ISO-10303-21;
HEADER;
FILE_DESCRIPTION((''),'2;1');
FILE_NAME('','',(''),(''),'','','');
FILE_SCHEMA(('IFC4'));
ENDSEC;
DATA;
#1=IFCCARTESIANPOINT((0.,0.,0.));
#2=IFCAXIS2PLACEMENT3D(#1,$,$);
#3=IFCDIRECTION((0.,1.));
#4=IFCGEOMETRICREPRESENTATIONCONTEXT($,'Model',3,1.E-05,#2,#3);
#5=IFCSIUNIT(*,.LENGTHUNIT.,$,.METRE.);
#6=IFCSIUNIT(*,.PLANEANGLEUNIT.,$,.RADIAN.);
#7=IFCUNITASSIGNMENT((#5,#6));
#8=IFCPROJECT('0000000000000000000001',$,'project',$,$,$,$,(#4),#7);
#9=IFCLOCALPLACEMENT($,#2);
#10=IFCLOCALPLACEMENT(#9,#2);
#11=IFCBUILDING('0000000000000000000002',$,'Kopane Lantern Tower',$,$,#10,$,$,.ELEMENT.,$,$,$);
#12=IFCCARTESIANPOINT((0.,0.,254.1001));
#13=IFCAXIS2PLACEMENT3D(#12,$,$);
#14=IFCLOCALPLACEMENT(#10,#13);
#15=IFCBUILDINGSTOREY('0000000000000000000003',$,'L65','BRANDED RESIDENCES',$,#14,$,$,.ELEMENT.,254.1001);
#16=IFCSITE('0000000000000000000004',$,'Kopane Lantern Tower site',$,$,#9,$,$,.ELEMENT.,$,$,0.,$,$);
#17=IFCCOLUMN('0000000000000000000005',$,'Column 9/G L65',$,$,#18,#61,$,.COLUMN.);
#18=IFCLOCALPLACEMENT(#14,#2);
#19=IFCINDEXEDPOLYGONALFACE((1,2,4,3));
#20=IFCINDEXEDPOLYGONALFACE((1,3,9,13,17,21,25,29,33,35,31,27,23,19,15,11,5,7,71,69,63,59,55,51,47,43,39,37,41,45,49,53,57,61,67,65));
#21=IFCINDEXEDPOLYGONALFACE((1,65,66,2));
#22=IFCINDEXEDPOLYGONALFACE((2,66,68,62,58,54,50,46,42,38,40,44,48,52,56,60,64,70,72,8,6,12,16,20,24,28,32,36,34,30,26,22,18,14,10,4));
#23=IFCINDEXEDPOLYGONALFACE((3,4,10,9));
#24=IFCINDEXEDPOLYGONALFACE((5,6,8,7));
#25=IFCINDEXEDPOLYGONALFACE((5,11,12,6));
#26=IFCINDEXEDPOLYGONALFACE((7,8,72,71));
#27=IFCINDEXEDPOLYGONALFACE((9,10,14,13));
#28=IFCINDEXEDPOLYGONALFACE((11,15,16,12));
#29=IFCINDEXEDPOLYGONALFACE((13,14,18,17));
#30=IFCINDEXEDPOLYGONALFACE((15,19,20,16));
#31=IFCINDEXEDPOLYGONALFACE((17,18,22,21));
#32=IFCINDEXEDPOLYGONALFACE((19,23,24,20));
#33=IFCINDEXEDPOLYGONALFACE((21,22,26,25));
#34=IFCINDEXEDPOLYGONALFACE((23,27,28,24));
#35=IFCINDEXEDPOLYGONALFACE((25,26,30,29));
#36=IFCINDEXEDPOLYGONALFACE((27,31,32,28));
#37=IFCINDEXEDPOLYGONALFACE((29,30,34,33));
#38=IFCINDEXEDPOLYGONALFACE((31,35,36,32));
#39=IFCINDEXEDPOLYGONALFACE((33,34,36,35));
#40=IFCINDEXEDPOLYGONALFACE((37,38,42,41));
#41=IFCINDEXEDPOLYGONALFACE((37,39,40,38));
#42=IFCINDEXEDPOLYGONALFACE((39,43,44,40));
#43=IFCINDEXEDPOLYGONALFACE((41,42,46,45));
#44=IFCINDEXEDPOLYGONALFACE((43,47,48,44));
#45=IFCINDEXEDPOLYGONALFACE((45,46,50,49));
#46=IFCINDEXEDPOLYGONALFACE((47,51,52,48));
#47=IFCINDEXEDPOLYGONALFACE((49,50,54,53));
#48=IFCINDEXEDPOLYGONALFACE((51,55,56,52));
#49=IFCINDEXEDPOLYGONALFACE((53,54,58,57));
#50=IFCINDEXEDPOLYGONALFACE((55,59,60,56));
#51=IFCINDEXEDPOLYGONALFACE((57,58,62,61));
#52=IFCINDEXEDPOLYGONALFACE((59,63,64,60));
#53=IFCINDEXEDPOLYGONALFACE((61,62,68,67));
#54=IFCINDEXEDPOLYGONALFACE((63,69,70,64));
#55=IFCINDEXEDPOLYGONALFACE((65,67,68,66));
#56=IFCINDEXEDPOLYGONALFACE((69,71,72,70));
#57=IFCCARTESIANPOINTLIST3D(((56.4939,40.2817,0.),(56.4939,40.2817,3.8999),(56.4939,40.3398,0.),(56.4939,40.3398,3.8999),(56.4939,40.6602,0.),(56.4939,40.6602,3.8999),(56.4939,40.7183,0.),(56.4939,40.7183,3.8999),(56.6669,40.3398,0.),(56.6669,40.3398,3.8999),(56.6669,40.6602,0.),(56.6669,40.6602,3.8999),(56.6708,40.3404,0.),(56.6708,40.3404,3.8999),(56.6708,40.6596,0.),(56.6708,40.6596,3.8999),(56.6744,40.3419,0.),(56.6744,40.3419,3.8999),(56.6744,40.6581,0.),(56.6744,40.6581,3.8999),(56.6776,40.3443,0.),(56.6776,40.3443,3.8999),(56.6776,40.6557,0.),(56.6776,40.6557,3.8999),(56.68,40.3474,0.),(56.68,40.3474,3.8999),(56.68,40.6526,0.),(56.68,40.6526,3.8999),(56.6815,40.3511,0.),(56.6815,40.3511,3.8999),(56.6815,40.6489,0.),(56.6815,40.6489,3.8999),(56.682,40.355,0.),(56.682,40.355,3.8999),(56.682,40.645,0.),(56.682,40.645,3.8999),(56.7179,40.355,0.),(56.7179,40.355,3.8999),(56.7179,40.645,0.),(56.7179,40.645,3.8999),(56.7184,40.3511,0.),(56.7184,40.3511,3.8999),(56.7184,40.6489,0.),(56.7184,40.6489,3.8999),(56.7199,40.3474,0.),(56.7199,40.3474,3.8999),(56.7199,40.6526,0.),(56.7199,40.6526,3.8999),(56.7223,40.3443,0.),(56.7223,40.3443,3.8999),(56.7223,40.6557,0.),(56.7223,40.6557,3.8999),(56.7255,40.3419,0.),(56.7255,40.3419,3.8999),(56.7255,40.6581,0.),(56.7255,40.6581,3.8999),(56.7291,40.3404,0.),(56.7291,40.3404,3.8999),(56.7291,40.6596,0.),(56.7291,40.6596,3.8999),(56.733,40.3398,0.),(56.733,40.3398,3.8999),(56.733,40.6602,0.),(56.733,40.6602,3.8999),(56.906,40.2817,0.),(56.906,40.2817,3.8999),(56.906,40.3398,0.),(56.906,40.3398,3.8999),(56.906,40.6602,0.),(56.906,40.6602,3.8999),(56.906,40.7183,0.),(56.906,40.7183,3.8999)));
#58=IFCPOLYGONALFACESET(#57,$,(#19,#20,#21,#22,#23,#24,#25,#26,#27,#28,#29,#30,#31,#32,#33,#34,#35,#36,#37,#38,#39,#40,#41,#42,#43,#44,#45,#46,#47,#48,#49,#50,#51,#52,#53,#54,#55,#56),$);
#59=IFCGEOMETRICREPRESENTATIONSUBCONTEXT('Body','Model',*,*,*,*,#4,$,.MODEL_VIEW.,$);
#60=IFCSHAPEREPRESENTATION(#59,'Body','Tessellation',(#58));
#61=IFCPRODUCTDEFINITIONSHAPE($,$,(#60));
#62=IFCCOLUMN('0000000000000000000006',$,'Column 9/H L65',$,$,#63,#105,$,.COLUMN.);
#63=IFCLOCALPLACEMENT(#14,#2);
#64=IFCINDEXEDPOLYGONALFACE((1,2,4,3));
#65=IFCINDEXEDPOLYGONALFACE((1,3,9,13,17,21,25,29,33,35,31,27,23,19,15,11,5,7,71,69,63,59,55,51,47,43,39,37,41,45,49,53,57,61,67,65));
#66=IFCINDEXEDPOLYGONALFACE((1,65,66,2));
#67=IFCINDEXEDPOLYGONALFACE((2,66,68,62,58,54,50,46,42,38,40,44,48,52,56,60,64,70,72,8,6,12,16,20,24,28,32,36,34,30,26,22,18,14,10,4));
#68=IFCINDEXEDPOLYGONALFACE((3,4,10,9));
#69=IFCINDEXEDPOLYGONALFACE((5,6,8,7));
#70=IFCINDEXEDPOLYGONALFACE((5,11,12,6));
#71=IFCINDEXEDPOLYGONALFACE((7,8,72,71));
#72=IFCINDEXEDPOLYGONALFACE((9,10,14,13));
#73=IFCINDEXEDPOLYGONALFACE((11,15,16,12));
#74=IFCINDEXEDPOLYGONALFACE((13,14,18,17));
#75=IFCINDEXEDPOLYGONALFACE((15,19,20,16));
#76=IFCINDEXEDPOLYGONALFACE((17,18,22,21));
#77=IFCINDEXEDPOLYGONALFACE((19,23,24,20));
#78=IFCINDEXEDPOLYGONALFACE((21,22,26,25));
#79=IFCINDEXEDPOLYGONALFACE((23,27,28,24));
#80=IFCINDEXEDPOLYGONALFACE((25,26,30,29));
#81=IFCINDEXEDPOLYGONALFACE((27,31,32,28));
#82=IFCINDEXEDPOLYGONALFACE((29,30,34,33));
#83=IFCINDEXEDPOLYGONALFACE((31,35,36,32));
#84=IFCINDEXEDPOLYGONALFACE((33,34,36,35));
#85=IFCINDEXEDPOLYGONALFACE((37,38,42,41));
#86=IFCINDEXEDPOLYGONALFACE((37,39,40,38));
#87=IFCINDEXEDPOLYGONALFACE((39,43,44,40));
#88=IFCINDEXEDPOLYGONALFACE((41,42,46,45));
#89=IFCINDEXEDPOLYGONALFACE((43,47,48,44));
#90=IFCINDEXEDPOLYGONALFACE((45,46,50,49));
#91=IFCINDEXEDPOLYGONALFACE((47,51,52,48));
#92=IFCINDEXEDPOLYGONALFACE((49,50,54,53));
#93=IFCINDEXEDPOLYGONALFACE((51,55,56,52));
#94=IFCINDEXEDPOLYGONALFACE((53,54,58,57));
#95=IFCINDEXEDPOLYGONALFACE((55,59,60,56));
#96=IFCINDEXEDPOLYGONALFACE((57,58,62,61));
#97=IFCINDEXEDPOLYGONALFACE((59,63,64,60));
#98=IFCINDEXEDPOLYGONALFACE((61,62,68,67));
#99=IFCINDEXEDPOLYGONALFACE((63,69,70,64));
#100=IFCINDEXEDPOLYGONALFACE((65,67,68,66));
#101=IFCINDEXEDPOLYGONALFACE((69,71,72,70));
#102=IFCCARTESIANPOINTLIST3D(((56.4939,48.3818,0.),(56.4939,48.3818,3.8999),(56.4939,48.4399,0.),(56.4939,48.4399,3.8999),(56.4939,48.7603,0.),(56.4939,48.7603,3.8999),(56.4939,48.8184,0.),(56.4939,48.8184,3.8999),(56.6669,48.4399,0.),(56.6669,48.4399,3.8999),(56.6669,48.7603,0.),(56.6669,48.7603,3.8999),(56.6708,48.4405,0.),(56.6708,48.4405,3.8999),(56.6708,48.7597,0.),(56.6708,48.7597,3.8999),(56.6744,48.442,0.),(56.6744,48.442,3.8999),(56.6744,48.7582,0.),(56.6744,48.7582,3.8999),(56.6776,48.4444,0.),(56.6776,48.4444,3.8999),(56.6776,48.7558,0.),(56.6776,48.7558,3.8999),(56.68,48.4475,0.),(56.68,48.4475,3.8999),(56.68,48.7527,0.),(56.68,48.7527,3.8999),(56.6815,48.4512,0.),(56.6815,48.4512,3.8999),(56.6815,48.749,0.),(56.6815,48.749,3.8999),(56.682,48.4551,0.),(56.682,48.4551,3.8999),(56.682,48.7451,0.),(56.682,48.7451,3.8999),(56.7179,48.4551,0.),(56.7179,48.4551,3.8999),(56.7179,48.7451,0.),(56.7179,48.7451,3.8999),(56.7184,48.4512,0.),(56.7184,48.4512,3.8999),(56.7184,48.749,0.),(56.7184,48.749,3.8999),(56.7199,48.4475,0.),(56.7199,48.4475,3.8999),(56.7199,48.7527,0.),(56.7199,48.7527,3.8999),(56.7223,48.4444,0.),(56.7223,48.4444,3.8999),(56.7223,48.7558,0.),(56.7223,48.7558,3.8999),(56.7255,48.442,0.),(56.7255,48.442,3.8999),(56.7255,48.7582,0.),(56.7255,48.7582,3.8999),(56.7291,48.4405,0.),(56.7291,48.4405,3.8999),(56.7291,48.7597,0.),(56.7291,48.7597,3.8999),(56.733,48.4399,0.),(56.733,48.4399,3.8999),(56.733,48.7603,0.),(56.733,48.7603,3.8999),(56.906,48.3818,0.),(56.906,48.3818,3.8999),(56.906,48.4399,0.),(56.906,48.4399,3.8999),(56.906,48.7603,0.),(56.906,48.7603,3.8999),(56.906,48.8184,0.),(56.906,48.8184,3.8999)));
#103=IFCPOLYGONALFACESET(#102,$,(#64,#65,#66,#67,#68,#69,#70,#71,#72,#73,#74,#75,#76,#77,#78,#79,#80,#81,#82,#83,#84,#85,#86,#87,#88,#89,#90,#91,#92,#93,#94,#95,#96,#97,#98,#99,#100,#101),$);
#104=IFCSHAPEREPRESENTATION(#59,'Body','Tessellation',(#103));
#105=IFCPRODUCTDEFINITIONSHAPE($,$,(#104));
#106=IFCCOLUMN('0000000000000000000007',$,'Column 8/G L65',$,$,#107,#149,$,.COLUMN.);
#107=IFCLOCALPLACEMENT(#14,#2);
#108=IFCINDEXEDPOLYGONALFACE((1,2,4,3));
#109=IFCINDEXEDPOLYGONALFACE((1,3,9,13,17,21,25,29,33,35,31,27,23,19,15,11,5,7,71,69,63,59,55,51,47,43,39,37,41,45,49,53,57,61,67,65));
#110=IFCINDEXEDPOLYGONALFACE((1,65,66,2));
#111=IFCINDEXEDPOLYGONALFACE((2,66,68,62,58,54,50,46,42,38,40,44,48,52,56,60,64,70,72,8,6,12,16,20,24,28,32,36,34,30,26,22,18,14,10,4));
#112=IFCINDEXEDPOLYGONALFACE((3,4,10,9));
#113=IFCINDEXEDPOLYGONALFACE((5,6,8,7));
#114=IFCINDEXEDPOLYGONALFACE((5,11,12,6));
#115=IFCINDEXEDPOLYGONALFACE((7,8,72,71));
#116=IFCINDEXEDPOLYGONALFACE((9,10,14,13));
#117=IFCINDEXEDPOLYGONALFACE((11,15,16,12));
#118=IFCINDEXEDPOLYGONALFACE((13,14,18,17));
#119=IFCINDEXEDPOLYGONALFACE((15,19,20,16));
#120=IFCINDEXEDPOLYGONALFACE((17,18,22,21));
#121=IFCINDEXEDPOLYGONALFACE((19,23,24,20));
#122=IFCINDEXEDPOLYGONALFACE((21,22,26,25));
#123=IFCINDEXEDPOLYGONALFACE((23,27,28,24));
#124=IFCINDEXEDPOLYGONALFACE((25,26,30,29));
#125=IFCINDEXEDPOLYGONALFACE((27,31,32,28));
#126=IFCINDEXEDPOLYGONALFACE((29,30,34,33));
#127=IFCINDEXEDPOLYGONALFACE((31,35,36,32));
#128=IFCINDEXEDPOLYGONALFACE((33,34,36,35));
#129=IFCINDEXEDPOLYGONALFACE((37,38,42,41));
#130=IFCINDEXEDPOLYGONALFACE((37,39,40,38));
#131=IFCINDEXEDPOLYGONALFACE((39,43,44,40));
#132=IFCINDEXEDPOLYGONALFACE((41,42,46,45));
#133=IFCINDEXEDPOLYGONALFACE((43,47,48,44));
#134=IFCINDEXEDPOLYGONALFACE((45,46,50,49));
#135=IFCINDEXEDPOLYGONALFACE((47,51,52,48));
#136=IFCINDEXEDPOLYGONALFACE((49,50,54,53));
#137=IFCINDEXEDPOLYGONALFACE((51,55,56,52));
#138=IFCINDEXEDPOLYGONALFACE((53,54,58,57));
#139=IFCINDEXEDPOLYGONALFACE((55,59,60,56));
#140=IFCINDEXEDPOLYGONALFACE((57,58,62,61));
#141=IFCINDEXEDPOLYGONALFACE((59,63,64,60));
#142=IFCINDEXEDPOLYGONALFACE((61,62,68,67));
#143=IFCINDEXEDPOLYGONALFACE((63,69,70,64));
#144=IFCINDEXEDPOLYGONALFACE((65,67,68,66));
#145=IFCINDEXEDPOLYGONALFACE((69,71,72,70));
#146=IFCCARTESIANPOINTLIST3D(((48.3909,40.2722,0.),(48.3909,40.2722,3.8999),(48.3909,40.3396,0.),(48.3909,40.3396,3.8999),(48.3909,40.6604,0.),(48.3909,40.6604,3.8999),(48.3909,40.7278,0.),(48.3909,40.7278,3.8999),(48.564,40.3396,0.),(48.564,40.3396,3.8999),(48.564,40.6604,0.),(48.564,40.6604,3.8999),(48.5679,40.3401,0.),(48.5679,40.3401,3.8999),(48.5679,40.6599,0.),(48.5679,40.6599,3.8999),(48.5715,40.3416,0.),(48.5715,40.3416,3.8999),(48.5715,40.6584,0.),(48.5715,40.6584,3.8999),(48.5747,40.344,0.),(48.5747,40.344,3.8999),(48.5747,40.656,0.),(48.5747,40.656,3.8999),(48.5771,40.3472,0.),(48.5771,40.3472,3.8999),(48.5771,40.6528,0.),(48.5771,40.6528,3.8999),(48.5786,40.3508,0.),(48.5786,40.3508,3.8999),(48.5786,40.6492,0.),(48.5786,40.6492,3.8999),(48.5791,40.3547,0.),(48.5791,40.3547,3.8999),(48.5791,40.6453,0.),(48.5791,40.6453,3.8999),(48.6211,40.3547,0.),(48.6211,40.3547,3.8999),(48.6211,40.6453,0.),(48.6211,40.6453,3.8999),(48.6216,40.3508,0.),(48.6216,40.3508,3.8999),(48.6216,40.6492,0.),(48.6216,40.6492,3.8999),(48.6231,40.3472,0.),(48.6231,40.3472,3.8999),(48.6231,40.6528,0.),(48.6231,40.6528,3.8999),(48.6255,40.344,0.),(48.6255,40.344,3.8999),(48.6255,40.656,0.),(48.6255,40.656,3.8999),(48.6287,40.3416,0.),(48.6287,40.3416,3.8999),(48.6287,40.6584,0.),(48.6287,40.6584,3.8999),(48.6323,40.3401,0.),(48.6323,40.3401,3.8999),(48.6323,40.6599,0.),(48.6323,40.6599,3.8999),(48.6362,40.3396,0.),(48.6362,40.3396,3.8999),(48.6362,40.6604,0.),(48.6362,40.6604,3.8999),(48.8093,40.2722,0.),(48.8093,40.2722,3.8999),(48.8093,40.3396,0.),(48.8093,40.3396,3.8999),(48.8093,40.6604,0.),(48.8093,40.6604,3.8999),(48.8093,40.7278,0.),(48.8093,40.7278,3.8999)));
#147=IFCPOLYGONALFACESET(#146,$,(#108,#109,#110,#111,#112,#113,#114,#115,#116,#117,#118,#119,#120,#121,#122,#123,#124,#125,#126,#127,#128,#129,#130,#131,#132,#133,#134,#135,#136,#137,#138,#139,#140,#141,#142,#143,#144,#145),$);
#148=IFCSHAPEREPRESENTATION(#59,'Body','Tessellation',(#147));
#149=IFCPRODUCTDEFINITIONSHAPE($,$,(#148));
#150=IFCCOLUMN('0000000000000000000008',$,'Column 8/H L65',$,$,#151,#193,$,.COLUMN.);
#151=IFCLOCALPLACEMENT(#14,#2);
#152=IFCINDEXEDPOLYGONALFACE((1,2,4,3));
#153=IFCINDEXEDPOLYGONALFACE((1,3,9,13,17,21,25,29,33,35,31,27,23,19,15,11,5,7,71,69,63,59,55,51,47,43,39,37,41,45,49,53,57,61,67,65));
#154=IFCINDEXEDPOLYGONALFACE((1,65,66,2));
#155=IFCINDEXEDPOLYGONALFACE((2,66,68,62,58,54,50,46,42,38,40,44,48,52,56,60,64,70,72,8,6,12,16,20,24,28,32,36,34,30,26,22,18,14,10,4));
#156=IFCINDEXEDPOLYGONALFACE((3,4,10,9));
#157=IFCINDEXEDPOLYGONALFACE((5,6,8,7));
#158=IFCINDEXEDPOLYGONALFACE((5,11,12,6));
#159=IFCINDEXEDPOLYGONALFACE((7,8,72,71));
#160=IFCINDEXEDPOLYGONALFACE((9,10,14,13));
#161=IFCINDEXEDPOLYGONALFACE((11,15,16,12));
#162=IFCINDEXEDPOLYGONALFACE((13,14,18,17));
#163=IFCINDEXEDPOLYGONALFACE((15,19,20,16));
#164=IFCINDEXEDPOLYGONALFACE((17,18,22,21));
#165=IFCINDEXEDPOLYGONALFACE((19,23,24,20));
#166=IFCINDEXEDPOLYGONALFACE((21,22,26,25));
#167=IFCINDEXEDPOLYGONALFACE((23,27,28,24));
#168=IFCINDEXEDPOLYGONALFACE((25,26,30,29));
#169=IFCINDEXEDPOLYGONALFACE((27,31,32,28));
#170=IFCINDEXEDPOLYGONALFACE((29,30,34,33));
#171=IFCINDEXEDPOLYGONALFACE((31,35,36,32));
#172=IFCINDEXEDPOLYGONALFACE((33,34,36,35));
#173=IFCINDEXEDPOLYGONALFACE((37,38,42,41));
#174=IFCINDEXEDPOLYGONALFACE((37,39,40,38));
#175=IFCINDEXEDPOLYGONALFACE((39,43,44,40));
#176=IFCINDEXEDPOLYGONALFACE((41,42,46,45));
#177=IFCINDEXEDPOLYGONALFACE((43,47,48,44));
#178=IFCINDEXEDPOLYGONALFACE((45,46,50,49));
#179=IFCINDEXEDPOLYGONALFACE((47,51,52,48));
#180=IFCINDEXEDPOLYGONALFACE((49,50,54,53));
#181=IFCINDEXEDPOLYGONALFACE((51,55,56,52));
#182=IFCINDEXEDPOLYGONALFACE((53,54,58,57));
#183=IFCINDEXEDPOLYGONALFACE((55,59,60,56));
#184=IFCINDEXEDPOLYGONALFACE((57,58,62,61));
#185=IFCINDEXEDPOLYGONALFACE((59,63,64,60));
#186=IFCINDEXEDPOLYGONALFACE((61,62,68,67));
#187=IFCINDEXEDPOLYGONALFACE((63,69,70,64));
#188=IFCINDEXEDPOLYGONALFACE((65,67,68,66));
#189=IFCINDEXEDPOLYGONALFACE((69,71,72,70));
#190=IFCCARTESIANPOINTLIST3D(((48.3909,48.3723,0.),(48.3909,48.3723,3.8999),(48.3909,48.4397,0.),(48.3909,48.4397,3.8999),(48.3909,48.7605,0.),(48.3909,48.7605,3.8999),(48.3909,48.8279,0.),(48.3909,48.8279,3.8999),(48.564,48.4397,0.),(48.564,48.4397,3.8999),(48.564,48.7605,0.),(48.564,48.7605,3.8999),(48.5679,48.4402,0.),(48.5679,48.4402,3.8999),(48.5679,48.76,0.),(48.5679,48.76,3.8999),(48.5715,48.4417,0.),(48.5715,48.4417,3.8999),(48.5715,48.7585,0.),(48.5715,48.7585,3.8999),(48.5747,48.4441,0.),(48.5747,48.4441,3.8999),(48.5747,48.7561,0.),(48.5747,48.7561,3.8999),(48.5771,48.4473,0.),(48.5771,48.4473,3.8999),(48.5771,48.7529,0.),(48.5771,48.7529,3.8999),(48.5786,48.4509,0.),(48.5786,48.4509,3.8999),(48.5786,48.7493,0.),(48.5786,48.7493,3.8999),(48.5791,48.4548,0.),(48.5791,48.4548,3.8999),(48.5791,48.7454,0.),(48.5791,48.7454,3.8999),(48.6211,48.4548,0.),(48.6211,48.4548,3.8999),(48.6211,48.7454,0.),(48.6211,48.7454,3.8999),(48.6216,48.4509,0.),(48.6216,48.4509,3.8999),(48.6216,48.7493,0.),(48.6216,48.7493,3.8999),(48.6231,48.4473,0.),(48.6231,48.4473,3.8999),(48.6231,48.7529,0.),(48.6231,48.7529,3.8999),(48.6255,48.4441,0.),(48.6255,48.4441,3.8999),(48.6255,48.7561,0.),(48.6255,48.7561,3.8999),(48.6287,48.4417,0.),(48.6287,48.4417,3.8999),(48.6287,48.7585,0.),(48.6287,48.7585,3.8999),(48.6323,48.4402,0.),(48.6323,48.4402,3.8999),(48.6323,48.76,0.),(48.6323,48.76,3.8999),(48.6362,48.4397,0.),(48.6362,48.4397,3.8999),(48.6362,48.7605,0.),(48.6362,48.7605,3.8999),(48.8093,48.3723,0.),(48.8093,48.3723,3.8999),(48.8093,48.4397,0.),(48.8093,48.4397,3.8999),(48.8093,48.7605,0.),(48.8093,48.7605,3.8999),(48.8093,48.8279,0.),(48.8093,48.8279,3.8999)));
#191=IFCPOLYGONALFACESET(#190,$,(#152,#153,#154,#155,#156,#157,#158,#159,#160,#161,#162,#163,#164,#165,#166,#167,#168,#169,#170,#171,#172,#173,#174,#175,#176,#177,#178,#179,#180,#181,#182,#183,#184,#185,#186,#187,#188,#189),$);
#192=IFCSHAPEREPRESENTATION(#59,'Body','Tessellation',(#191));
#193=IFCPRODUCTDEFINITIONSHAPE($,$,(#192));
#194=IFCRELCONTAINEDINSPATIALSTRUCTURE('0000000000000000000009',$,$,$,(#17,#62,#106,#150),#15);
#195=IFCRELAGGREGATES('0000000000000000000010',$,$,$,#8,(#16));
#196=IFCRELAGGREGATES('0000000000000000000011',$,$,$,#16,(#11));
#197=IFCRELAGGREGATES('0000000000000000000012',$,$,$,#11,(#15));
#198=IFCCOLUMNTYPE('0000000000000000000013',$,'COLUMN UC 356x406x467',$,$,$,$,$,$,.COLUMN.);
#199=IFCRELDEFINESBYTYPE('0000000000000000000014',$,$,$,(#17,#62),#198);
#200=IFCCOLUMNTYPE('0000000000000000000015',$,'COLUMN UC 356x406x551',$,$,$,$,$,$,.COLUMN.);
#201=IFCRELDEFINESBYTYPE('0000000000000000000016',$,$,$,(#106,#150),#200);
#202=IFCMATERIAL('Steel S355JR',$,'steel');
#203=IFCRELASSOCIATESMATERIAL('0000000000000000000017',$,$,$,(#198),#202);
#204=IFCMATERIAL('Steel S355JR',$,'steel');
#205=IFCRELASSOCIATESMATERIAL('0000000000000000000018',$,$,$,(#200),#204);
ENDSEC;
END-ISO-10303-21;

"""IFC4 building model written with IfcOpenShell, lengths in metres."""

from ifc_helpers import new_model, si_unit, direction, frame, origin, origin_2d, place, context, subcontext, project, spatial, i_section, extrude, material, material_profile, profile_set, type_object, element, save


model = new_model("IFC4")

# Units and contexts
model_context = context("Model", 3, precision=1e-05, world=origin(), true_north=direction((0.0, 1.0)))
body_context = subcontext(model_context, "Body", "Model", "MODEL_VIEW")
ifc_project = project(units=[si_unit("LENGTHUNIT", "METRE"), si_unit("PLANEANGLEUNIT", "RADIAN")], contexts=[model_context])

# Site, building, storey
site_placement = place(None, origin())
site = spatial("IfcSite", under=ifc_project, at=site_placement, Name="Kopane Lantern Tower site", CompositionType="ELEMENT", RefElevation=0.0)
building_placement = place(site_placement, origin())
building = spatial("IfcBuilding", under=site, at=building_placement, Name="Kopane Lantern Tower", CompositionType="ELEMENT")
storey_placement = place(building_placement, frame((0.0, 0.0, 254.1001)))
storey = spatial("IfcBuildingStorey", under=building, at=storey_placement, Name="L65", Description="BRANDED RESIDENCES", CompositionType="ELEMENT", Elevation=254.1001)

# Columns
ifc_material_1 = material(Name="Steel S355JR", Category="steel")
ifc_material_profile_1 = material_profile(ifc_material_1, i_section(OverallWidth=0.4121, OverallDepth=0.4365, WebThickness=0.0359, FlangeThickness=0.0581, FilletRadius=0.0151, at=origin_2d()), Name="UC 356x406x467")
ifc_profile_set_1 = profile_set([ifc_material_profile_1], Name="Steel S355JR")
column_type_1 = type_object("IfcColumnType", Name="COLUMN UC 356x406x467", PredefinedType="COLUMN", material=ifc_profile_set_1)
for number, where, z_axis, x_axis, name in (
    (1, (56.7, 40.5, 0.0), (0.0, 0.0, 1.0), (1.0, 0.0, 0.0), "Column 9/G L65"),
    (2, (56.7, 48.6001, 0.0), (0.0, 0.0, 1.0), (1.0, 0.0, 0.0), "Column 9/H L65"),
):
    element("IfcColumn", number, at=place(storey_placement, frame(where, z_axis=z_axis, x_axis=x_axis)), inside=storey, type_object=column_type_1, Name=name, PredefinedType="COLUMN", context=body_context, shape_type="SweptSolid", body=[
        extrude(i_section(OverallWidth=0.4121, OverallDepth=0.4365, WebThickness=0.0359, FlangeThickness=0.0581, FilletRadius=0.0151, at=origin_2d()), origin(), (0.0, 0.0, 1.0), 3.8999),
    ])
ifc_material_2 = material(Name="Steel S355JR", Category="steel")
ifc_material_profile_2 = material_profile(ifc_material_2, i_section(OverallWidth=0.4185, OverallDepth=0.4556, WebThickness=0.042, FlangeThickness=0.0674, FilletRadius=0.0151, at=origin_2d()), Name="UC 356x406x551")
ifc_profile_set_2 = profile_set([ifc_material_profile_2], Name="Steel S355JR")
column_type_2 = type_object("IfcColumnType", Name="COLUMN UC 356x406x551", PredefinedType="COLUMN", material=ifc_profile_set_2)
for number, where, z_axis, x_axis, name in (
    (3, (48.6001, 40.5, 0.0), (0.0, 0.0, 1.0), (1.0, 0.0, 0.0), "Column 8/G L65"),
    (4, (48.6001, 48.6001, 0.0), (0.0, 0.0, 1.0), (1.0, 0.0, 0.0), "Column 8/H L65"),
):
    element("IfcColumn", number, at=place(storey_placement, frame(where, z_axis=z_axis, x_axis=x_axis)), inside=storey, type_object=column_type_2, Name=name, PredefinedType="COLUMN", context=body_context, shape_type="SweptSolid", body=[
        extrude(i_section(OverallWidth=0.4185, OverallDepth=0.4556, WebThickness=0.042, FlangeThickness=0.0674, FilletRadius=0.0151, at=origin_2d()), origin(), (0.0, 0.0, 1.0), 3.8999),
    ])

save(model, "model.ifc")
